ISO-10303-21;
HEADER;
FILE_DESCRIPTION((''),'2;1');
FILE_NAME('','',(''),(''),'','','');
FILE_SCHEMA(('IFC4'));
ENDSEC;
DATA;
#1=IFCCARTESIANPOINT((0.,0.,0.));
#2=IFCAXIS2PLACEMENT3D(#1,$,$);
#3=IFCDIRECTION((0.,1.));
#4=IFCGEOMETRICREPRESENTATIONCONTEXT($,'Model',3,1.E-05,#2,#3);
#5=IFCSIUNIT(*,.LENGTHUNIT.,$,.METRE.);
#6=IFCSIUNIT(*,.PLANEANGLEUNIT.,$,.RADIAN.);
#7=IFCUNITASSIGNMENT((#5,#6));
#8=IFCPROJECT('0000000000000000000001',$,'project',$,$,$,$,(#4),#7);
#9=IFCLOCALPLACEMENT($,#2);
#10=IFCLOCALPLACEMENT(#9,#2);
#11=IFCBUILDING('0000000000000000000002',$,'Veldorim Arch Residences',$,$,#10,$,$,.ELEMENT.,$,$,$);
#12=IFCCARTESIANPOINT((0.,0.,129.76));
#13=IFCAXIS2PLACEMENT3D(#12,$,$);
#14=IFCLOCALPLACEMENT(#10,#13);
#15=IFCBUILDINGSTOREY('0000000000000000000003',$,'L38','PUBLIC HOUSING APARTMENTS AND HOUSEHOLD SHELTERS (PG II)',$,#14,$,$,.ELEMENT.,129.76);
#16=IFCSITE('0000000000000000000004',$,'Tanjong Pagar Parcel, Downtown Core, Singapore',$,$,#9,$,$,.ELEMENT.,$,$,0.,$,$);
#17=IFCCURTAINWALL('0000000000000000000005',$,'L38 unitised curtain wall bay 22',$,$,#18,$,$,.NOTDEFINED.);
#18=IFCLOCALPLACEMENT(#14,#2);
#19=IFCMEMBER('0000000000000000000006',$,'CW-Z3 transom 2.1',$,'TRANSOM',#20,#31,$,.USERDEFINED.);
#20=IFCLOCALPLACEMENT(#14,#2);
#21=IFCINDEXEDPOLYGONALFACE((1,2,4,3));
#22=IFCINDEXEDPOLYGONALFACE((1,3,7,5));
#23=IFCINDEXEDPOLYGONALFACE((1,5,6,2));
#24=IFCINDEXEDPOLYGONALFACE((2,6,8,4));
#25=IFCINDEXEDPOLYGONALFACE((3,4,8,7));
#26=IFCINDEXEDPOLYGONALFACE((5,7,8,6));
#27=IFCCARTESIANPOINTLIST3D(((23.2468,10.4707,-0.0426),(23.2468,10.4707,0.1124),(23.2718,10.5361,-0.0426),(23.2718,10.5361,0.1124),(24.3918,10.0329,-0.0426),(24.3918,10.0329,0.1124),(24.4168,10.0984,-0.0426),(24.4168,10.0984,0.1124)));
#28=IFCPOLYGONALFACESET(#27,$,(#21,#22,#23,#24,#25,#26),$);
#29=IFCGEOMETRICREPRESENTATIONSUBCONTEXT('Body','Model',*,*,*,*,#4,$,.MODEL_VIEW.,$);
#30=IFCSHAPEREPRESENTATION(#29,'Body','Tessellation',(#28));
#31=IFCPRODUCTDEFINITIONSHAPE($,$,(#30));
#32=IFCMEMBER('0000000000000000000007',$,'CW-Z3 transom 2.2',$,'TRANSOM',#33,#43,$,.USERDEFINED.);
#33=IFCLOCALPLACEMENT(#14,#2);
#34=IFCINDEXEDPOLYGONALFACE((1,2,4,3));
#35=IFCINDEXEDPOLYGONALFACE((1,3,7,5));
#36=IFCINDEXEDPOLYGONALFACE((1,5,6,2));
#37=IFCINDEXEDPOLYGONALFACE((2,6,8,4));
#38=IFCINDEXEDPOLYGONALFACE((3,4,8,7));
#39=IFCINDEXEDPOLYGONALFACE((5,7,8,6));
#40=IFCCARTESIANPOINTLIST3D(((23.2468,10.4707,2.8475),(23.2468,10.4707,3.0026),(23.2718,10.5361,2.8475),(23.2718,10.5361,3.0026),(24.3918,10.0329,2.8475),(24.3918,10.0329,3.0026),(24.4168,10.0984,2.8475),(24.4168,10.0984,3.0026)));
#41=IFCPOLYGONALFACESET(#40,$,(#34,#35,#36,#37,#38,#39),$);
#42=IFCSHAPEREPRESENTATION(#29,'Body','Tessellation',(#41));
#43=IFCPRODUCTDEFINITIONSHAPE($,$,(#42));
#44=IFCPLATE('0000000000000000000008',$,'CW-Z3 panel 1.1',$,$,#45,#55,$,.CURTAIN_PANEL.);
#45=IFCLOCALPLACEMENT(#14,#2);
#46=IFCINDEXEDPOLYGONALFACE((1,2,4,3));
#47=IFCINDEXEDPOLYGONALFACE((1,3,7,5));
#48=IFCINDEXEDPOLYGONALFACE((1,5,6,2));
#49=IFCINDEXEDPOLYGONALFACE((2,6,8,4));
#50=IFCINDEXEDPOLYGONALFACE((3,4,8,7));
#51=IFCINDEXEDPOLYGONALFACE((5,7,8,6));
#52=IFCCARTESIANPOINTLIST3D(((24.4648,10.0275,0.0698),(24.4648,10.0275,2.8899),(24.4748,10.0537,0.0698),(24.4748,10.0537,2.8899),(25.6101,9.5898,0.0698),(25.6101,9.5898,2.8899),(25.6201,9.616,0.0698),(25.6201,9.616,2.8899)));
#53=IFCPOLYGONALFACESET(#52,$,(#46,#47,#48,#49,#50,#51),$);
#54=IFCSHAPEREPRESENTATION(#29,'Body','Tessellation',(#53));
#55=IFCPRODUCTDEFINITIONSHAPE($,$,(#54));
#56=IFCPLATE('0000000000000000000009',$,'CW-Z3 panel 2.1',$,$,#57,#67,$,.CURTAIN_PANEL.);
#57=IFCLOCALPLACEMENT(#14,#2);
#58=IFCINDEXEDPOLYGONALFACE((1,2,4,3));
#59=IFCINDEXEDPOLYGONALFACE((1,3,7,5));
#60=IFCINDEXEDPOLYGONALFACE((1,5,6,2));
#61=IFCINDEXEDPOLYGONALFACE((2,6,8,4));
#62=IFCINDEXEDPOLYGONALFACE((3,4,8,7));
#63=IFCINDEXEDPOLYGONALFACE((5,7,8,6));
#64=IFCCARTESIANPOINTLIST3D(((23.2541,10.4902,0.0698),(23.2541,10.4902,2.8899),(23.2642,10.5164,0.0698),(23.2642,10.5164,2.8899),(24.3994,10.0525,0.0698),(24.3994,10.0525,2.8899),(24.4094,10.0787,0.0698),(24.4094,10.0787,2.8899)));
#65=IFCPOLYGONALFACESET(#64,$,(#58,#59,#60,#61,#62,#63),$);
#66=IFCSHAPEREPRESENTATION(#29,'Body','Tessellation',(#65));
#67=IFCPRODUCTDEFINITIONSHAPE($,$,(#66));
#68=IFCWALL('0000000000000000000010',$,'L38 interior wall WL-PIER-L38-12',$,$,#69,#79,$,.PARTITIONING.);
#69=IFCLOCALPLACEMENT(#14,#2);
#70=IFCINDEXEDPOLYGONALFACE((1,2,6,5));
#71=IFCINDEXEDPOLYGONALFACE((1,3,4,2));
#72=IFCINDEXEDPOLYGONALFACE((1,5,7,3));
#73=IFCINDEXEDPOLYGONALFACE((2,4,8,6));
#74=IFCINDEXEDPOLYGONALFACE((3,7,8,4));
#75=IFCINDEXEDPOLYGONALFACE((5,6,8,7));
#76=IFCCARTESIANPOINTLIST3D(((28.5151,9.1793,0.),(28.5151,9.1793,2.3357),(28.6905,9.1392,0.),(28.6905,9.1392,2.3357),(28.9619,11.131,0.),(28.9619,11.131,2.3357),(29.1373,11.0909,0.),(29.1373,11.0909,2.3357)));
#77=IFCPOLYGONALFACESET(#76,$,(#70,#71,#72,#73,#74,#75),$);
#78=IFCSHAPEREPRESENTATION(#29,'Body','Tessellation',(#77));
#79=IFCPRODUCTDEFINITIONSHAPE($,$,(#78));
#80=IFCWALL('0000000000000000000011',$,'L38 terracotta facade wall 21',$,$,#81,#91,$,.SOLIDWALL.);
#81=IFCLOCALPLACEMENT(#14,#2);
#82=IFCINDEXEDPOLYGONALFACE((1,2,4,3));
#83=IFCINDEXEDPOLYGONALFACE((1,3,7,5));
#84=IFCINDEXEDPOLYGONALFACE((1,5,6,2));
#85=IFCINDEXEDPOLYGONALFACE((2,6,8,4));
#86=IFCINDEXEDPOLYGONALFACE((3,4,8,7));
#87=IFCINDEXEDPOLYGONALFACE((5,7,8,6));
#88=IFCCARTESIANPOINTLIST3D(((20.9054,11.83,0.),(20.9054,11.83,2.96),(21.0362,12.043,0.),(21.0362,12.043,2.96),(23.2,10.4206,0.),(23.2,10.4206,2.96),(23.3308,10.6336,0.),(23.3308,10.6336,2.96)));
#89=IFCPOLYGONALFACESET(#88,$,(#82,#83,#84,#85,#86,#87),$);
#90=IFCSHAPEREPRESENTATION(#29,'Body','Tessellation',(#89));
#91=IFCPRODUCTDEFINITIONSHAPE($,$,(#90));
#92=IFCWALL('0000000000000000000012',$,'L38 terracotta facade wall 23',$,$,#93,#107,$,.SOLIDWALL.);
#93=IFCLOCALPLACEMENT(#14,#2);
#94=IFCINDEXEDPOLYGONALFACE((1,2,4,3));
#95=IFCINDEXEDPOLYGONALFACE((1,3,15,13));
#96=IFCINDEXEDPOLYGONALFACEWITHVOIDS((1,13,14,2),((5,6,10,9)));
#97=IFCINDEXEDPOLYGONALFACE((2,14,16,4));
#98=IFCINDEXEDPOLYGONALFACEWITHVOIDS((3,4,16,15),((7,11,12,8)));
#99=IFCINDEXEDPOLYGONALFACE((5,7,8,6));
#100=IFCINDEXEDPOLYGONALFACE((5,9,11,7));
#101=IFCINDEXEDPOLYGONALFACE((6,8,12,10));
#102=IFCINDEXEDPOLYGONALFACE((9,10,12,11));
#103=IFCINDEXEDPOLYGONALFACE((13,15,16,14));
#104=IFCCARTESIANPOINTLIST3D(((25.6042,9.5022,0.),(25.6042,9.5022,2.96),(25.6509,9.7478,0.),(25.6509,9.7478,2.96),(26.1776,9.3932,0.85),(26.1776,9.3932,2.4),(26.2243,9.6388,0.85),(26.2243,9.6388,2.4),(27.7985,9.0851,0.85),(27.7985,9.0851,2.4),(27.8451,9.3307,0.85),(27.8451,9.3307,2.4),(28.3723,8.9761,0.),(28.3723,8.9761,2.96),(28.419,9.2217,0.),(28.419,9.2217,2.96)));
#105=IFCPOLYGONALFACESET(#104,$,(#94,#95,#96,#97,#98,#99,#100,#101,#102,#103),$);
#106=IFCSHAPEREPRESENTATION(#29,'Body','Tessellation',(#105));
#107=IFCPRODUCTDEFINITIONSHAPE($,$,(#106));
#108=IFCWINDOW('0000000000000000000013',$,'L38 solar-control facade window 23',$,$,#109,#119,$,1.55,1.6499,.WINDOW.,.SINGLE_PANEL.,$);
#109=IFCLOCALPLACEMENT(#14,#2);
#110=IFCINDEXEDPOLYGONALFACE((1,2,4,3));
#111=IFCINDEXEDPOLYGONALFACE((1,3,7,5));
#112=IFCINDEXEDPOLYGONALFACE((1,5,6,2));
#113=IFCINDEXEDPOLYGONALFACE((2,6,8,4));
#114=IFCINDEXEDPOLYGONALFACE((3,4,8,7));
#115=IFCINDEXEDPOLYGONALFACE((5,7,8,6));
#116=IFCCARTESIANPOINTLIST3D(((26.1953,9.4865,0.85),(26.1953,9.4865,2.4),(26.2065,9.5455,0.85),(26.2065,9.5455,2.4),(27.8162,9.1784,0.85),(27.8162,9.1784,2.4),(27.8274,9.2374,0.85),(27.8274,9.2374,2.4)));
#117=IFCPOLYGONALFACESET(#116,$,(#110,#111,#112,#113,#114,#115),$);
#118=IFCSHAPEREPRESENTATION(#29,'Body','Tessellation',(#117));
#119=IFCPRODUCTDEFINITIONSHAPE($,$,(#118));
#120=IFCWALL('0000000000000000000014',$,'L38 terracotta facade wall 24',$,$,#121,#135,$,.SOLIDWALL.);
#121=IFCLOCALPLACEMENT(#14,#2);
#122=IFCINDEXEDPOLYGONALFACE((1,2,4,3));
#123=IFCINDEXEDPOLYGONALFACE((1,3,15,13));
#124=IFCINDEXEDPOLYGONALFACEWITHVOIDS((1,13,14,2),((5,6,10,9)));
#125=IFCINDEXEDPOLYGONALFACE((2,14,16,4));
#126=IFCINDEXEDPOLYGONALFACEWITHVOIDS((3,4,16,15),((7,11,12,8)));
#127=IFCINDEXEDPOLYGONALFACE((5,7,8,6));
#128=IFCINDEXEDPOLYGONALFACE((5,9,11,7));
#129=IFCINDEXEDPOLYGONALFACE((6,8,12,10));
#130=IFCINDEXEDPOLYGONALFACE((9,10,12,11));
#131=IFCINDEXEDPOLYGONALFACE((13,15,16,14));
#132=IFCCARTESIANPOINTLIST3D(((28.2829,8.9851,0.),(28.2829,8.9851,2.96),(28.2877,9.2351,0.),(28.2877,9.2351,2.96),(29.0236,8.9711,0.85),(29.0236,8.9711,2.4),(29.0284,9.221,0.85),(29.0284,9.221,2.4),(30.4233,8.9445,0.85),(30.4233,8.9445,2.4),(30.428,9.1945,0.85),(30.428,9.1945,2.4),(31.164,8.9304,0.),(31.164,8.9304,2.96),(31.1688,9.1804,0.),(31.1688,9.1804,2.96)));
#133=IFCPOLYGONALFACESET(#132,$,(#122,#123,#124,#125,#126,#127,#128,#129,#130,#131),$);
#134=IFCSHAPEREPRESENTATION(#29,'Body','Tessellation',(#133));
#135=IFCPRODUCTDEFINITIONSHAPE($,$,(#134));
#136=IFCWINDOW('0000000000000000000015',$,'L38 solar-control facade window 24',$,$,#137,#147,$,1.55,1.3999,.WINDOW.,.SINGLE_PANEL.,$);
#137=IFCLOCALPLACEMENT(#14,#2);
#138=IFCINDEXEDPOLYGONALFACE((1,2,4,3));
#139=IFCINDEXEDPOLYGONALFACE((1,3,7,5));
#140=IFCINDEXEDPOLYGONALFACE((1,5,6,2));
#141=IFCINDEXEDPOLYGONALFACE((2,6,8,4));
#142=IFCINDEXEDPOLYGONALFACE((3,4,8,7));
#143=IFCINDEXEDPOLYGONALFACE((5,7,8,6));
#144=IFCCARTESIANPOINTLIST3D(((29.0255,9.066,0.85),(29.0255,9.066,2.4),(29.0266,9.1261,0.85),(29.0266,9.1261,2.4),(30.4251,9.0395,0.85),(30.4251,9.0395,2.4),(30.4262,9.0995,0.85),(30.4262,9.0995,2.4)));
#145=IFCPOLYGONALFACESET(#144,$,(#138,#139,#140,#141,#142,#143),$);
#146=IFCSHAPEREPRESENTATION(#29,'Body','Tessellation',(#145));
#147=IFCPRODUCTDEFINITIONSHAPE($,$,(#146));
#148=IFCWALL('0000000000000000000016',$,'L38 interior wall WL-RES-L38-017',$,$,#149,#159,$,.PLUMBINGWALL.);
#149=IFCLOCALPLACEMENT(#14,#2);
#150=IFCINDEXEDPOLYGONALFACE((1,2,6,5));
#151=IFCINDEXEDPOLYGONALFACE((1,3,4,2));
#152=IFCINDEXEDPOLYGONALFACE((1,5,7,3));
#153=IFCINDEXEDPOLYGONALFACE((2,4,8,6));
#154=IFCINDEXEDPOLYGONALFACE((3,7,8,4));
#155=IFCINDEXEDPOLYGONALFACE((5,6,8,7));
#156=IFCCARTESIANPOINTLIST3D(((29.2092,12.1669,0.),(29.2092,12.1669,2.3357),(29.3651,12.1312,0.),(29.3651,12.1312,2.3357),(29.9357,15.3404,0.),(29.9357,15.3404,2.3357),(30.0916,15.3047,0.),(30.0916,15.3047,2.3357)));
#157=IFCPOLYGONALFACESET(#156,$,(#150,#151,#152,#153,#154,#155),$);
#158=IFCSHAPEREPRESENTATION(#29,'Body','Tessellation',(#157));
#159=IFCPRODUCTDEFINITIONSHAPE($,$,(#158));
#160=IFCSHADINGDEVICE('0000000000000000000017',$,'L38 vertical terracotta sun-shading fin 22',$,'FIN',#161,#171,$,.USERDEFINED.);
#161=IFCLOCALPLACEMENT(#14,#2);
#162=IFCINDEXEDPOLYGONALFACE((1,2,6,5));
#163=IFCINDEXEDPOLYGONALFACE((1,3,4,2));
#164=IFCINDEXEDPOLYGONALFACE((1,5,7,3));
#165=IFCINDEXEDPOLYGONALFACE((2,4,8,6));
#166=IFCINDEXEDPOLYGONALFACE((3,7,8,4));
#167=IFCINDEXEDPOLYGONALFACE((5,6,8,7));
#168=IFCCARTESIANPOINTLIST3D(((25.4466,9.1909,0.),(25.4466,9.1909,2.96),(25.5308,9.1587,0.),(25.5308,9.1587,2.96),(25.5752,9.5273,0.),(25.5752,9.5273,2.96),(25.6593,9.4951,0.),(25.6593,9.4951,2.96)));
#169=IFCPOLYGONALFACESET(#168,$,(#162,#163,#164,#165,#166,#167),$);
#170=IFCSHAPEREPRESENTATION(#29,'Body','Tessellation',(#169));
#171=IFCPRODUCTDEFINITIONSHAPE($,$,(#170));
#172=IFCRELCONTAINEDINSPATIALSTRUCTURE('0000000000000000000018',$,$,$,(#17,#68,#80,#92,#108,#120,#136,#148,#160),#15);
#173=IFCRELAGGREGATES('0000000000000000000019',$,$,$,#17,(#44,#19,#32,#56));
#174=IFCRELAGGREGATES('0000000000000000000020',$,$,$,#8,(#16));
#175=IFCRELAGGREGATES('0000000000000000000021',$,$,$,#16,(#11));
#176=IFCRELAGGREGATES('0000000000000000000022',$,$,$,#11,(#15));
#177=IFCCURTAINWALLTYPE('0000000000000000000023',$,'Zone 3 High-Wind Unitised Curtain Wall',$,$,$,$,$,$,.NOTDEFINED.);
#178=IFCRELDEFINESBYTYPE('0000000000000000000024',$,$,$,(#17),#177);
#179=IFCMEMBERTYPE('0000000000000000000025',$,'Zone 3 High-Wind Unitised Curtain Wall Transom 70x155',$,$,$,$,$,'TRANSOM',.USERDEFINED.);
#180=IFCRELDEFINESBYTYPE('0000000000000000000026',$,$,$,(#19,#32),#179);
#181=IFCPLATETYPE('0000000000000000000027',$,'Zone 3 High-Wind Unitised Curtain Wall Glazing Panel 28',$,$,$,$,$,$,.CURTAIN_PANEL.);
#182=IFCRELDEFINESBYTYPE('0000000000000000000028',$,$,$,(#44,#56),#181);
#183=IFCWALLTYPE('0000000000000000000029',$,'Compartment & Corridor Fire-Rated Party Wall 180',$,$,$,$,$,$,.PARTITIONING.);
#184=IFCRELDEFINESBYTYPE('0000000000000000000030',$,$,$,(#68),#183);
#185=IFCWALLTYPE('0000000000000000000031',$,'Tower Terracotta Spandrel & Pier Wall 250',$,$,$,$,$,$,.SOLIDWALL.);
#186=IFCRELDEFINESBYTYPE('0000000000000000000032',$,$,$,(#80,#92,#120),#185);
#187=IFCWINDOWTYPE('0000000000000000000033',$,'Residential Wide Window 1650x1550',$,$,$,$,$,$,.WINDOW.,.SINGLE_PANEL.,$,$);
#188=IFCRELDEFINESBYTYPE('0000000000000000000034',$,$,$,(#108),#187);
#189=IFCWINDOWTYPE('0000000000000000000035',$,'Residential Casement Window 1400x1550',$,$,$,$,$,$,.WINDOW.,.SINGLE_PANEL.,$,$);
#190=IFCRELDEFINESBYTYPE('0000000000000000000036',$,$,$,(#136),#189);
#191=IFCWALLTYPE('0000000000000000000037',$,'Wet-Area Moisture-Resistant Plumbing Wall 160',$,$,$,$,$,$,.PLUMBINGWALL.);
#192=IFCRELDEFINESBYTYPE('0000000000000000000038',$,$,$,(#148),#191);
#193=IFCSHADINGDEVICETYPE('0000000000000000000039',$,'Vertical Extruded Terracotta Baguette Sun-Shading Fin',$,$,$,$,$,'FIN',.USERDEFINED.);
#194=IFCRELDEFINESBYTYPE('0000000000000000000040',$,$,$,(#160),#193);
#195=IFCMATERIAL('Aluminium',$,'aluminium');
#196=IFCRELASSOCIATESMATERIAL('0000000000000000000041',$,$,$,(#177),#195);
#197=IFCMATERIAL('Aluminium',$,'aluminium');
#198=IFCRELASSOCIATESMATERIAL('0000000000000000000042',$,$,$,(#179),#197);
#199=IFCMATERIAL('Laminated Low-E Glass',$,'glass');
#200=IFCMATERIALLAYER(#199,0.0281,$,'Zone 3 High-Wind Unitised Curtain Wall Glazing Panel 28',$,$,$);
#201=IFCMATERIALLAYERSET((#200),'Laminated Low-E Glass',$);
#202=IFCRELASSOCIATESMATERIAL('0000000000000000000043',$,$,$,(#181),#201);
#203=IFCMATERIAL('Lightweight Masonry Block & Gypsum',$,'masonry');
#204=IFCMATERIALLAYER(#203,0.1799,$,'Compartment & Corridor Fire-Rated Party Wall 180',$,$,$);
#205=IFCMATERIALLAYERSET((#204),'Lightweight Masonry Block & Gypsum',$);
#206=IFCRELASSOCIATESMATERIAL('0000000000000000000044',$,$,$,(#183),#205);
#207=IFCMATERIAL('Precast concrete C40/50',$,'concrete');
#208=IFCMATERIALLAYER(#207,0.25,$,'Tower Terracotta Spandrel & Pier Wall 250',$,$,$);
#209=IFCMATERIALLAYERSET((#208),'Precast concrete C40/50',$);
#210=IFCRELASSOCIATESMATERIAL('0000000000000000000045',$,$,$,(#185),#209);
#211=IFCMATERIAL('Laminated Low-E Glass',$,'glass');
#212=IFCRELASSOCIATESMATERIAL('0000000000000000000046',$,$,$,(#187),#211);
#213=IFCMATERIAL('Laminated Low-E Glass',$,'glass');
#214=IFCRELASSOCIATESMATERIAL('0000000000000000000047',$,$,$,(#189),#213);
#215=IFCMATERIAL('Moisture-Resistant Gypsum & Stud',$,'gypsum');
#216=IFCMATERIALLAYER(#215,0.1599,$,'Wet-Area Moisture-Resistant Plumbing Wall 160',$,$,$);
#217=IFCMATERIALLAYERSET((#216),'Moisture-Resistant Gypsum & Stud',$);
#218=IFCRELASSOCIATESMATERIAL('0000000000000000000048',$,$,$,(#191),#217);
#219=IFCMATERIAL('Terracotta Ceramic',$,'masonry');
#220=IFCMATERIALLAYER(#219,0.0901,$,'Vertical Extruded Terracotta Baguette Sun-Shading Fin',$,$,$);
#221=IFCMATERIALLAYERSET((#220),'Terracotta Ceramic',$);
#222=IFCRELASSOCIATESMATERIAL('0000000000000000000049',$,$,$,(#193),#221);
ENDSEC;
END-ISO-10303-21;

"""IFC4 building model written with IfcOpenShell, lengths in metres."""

from ifc_helpers import new_model, si_unit, direction, frame, frame_2d, origin, origin_2d, place, context, subcontext, project, spatial, rectangle, extrude, material, layer, layer_set, material_profile, profile_set, type_object, element, fill, aggregate, save


model = new_model("IFC4")

# Units and contexts
model_context = context("Model", 3, precision=1e-05, world=origin(), true_north=direction((0.0, 1.0)))
body_context = subcontext(model_context, "Body", "Model", "MODEL_VIEW")
ifc_project = project(units=[si_unit("LENGTHUNIT", "METRE"), si_unit("PLANEANGLEUNIT", "RADIAN")], contexts=[model_context])

# Site, building, storey
site_placement = place(None, origin())
site = spatial("IfcSite", under=ifc_project, at=site_placement, Name="Tanjong Pagar Parcel, Downtown Core, Singapore", CompositionType="ELEMENT", RefElevation=0.0)
building_placement = place(site_placement, origin())
building = spatial("IfcBuilding", under=site, at=building_placement, Name="Veldorim Arch Residences", CompositionType="ELEMENT")
storey_placement = place(building_placement, frame((0.0, 0.0, 129.76)))
storey = spatial("IfcBuildingStorey", under=building, at=storey_placement, Name="L38", Description="PUBLIC HOUSING APARTMENTS AND HOUSEHOLD SHELTERS (PG II)", CompositionType="ELEMENT", Elevation=129.76)

# Curtain wall, members, plates
ifc_material_1 = material(Name="Aluminium", Category="aluminium")
curtain_wall_type = type_object("IfcCurtainWallType", Name="Zone 3 High-Wind Unitised Curtain Wall", PredefinedType="NOTDEFINED", material=ifc_material_1)
curtain_wall_placement = place(storey_placement, origin())
curtain_wall = element("IfcCurtainWall", 1, at=curtain_wall_placement, inside=storey, type_object=curtain_wall_type, Name="L38 unitised curtain wall bay 22", PredefinedType="NOTDEFINED")
ifc_material_2 = material(Name="Aluminium", Category="aluminium")
ifc_material_profile_1 = material_profile(ifc_material_2, rectangle(XDim=0.0701, YDim=0.155, at=origin_2d()), Name="ALU_TRN_70x155")
ifc_profile_set_1 = profile_set([ifc_material_profile_1], Name="Aluminium")
member_type_1 = type_object("IfcMemberType", Name="Zone 3 High-Wind Unitised Curtain Wall Transom 70x155", ElementType="TRANSOM", PredefinedType="USERDEFINED", material=ifc_profile_set_1)
member_1_placement = place(storey_placement, frame((24.4043, 10.0657, 0.0349), z_axis=(-0.934067, 0.357097, 0.0), x_axis=(-0.357097, -0.934067, 0.0)))
member_1 = element("IfcMember", 2, at=member_1_placement, type_object=member_type_1, Name="CW-Z3 transom 2.1", ObjectType="TRANSOM", PredefinedType="USERDEFINED", context=body_context, shape_type="SweptSolid", body=[
    extrude(rectangle(XDim=0.0701, YDim=0.155, at=origin_2d()), origin(), (0.0, 0.0, 1.0), 1.2258),
])
member_2_placement = place(storey_placement, frame((24.4043, 10.0657, 2.925), z_axis=(-0.934067, 0.357097, 0.0), x_axis=(-0.357097, -0.934067, 0.0)))
member_2 = element("IfcMember", 3, at=member_2_placement, type_object=member_type_1, Name="CW-Z3 transom 2.2", ObjectType="TRANSOM", PredefinedType="USERDEFINED", context=body_context, shape_type="SweptSolid", body=[
    extrude(rectangle(XDim=0.0701, YDim=0.155, at=origin_2d()), origin(), (0.0, 0.0, 1.0), 1.2258),
])
ifc_material_3 = material(Name="Laminated Low-E Glass", Category="glass")
ifc_layer_1 = layer(ifc_material_3, 0.0281, Name="Zone 3 High-Wind Unitised Curtain Wall Glazing Panel 28")
ifc_layer_set_1 = layer_set([ifc_layer_1], Name="Laminated Low-E Glass")
plate_type = type_object("IfcPlateType", Name="Zone 3 High-Wind Unitised Curtain Wall Glazing Panel 28", PredefinedType="CURTAIN_PANEL", material=ifc_layer_set_1)
plate_1_placement = place(storey_placement, frame((25.0425, 9.8218, 0.0698), z_axis=(0.0, 0.0, 1.0), x_axis=(-0.934109, 0.356987, 0.0)))
plate_1 = element("IfcPlate", 4, at=plate_1_placement, type_object=plate_type, Name="CW-Z3 panel 1.1", PredefinedType="CURTAIN_PANEL", context=body_context, shape_type="SweptSolid", body=[
    extrude(rectangle(XDim=1.2261, YDim=0.0281, at=origin_2d()), origin(), (0.0, 0.0, 1.0), 2.8201),
])
plate_2_placement = place(storey_placement, frame((23.8318, 10.2844, 0.0698), z_axis=(0.0, 0.0, 1.0), x_axis=(-0.934109, 0.356987, 0.0)))
plate_2 = element("IfcPlate", 5, at=plate_2_placement, type_object=plate_type, Name="CW-Z3 panel 2.1", PredefinedType="CURTAIN_PANEL", context=body_context, shape_type="SweptSolid", body=[
    extrude(rectangle(XDim=1.2261, YDim=0.0281, at=origin_2d()), origin(), (0.0, 0.0, 1.0), 2.8201),
])
aggregate(curtain_wall, [plate_1, member_1, member_2, plate_2])

# Walls
ifc_material_4 = material(Name="Lightweight Masonry Block & Gypsum", Category="masonry")
ifc_layer_2 = layer(ifc_material_4, 0.1799, Name="Compartment & Corridor Fire-Rated Party Wall 180")
ifc_layer_set_2 = layer_set([ifc_layer_2], Name="Lightweight Masonry Block & Gypsum")
wall_type_1 = type_object("IfcWallType", Name="Compartment & Corridor Fire-Rated Party Wall 180", PredefinedType="PARTITIONING", material=ifc_layer_set_2)
wall_1_placement = place(storey_placement, frame((29.0496, 11.1108, 0.0), z_axis=(0.0, 0.0, 1.0), x_axis=(-0.223149, -0.974784, 0.0)))
element("IfcWall", 6, at=wall_1_placement, inside=storey, type_object=wall_type_1, Name="L38 interior wall WL-PIER-L38-12", PredefinedType="PARTITIONING", context=body_context, shape_type="SweptSolid", body=[
    extrude(rectangle(XDim=2.0022, YDim=0.1799, at=frame_2d((1.001, 0.0))), origin(), (0.0, 0.0, 1.0), 2.3357),
])
ifc_material_5 = material(Name="Precast concrete C40/50", Category="concrete")
ifc_layer_3 = layer(ifc_material_5, 0.25, Name="Tower Terracotta Spandrel & Pier Wall 250")
ifc_layer_set_3 = layer_set([ifc_layer_3], Name="Precast concrete C40/50")
wall_type_2 = type_object("IfcWallType", Name="Tower Terracotta Spandrel & Pier Wall 250", PredefinedType="SOLIDWALL", material=ifc_layer_set_3)
wall_2_placement = place(storey_placement, frame((23.2654, 10.5271, 0.0), z_axis=(0.0, 0.0, 1.0), x_axis=(-0.852103, 0.523374, 0.0)))
element("IfcWall", 7, at=wall_2_placement, inside=storey, type_object=wall_type_2, Name="L38 terracotta facade wall 21", PredefinedType="SOLIDWALL", context=body_context, shape_type="SweptSolid", body=[
    extrude(rectangle(XDim=2.6929, YDim=0.25, at=frame_2d((1.3464, 0.0))), origin(), (0.0, 0.0, 1.0), 2.96),
])

# Walls, openings, windows
wall_3_placement = place(storey_placement, frame((28.3955, 9.0989, 0.0), z_axis=(0.0, 0.0, 1.0), x_axis=(-0.982412, 0.186726, 0.0)))
wall_3 = element("IfcWall", 8, at=wall_3_placement, inside=storey, type_object=wall_type_2, Name="L38 terracotta facade wall 23", PredefinedType="SOLIDWALL", context=body_context, shape_type="SweptSolid", body=[
    extrude(rectangle(XDim=2.8176, YDim=0.25, at=frame_2d((1.4087, 0.0))), origin(), (0.0, 0.0, 1.0), 2.96),
])
opening_1_placement = place(wall_3_placement, frame((0.584, 0.0, 0.8501)))
opening_1 = element("IfcOpeningElement", 9, at=opening_1_placement, cuts=wall_3, PredefinedType="OPENING", context=body_context, shape_type="SweptSolid", body=[
    extrude(rectangle(XDim=1.6499, YDim=1.55, at=frame_2d((0.825, 0.7749))), frame((0.0, 0.135, 0.0), z_axis=(0.0, -1.0, 0.0), x_axis=(1.0, 0.0, 0.0)), (0.0, 0.0, 1.0), 0.27),
])
ifc_material_6 = material(Name="Laminated Low-E Glass", Category="glass")
window_type_1 = type_object("IfcWindowType", Name="Residential Wide Window 1650x1550", PartitioningType="SINGLE_PANEL", PredefinedType="WINDOW", material=ifc_material_6)
window_1_placement = place(opening_1_placement, origin())
window_1 = element("IfcWindow", 10, at=window_1_placement, inside=storey, type_object=window_type_1, Name="L38 solar-control facade window 23", OverallHeight=1.55, OverallWidth=1.6499, PartitioningType="SINGLE_PANEL", PredefinedType="WINDOW", context=body_context, shape_type="SweptSolid", body=[
    extrude(rectangle(XDim=1.6499, YDim=1.55, at=frame_2d((0.825, 0.7749))), frame((0.0, 0.03, 0.0), z_axis=(0.0, -1.0, 0.0), x_axis=(1.0, 0.0, 0.0)), (0.0, 0.0, 1.0), 0.0601),
])
fill(opening_1, window_1)
wall_4_placement = place(storey_placement, frame((31.1665, 9.0554, 0.0), z_axis=(0.0, 0.0, 1.0), x_axis=(-0.99982, 0.018978, 0.0)))
wall_4 = element("IfcWall", 11, at=wall_4_placement, inside=storey, type_object=wall_type_2, Name="L38 terracotta facade wall 24", PredefinedType="SOLIDWALL", context=body_context, shape_type="SweptSolid", body=[
    extrude(rectangle(XDim=2.8816, YDim=0.25, at=frame_2d((1.4409, 0.0))), origin(), (0.0, 0.0, 1.0), 2.96),
])
opening_2_placement = place(wall_4_placement, frame((0.741, 0.0, 0.8501)))
opening_2 = element("IfcOpeningElement", 12, at=opening_2_placement, cuts=wall_4, PredefinedType="OPENING", context=body_context, shape_type="SweptSolid", body=[
    extrude(rectangle(XDim=1.3999, YDim=1.55, at=frame_2d((0.7, 0.7749))), frame((0.0, 0.135, 0.0), z_axis=(0.0, -1.0, 0.0), x_axis=(1.0, 0.0, 0.0)), (0.0, 0.0, 1.0), 0.27),
])
ifc_material_7 = material(Name="Laminated Low-E Glass", Category="glass")
window_type_2 = type_object("IfcWindowType", Name="Residential Casement Window 1400x1550", PartitioningType="SINGLE_PANEL", PredefinedType="WINDOW", material=ifc_material_7)
window_2_placement = place(opening_2_placement, origin())
window_2 = element("IfcWindow", 13, at=window_2_placement, inside=storey, type_object=window_type_2, Name="L38 solar-control facade window 24", OverallHeight=1.55, OverallWidth=1.3999, PartitioningType="SINGLE_PANEL", PredefinedType="WINDOW", context=body_context, shape_type="SweptSolid", body=[
    extrude(rectangle(XDim=1.3999, YDim=1.55, at=frame_2d((0.7, 0.7749))), frame((0.0, 0.03, 0.0), z_axis=(0.0, -1.0, 0.0), x_axis=(1.0, 0.0, 0.0)), (0.0, 0.0, 1.0), 0.0601),
])
fill(opening_2, window_2)

# Wall
ifc_material_8 = material(Name="Moisture-Resistant Gypsum & Stud", Category="gypsum")
ifc_layer_4 = layer(ifc_material_8, 0.1599, Name="Wet-Area Moisture-Resistant Plumbing Wall 160")
ifc_layer_set_4 = layer_set([ifc_layer_4], Name="Moisture-Resistant Gypsum & Stud")
wall_type_3 = type_object("IfcWallType", Name="Wet-Area Moisture-Resistant Plumbing Wall 160", PredefinedType="PLUMBINGWALL", material=ifc_layer_set_4)
wall_5_placement = place(storey_placement, frame((29.2871, 12.1489, 0.0), z_axis=(0.0, 0.0, 1.0), x_axis=(0.223167, 0.97478, 0.0)))
element("IfcWall", 14, at=wall_5_placement, inside=storey, type_object=wall_type_3, Name="L38 interior wall WL-RES-L38-017", PredefinedType="PLUMBINGWALL", context=body_context, shape_type="SweptSolid", body=[
    extrude(rectangle(XDim=3.2556, YDim=0.1599, at=frame_2d((1.6279, 0.0))), origin(), (0.0, 0.0, 1.0), 2.3357),
])

# Shading device
ifc_material_9 = material(Name="Terracotta Ceramic", Category="masonry")
ifc_layer_5 = layer(ifc_material_9, 0.0901, Name="Vertical Extruded Terracotta Baguette Sun-Shading Fin")
ifc_layer_set_5 = layer_set([ifc_layer_5], Name="Terracotta Ceramic")
shading_device_type = type_object("IfcShadingDeviceType", Name="Vertical Extruded Terracotta Baguette Sun-Shading Fin", ElementType="FIN", PredefinedType="USERDEFINED", material=ifc_layer_set_5)
shading_device_placement = place(storey_placement, frame((25.553, 9.343, 0.0), z_axis=(0.0, 0.0, 1.0), x_axis=(-0.93408, 0.357064, 0.0)))
element("IfcShadingDevice", 15, at=shading_device_placement, inside=storey, type_object=shading_device_type, Name="L38 vertical terracotta sun-shading fin 22", ObjectType="FIN", PredefinedType="USERDEFINED", context=body_context, shape_type="SweptSolid", body=[
    extrude(rectangle(XDim=0.0901, YDim=0.3601, at=origin_2d()), origin(), (0.0, 0.0, 1.0), 2.96),
])

save(model, "model.ifc")
